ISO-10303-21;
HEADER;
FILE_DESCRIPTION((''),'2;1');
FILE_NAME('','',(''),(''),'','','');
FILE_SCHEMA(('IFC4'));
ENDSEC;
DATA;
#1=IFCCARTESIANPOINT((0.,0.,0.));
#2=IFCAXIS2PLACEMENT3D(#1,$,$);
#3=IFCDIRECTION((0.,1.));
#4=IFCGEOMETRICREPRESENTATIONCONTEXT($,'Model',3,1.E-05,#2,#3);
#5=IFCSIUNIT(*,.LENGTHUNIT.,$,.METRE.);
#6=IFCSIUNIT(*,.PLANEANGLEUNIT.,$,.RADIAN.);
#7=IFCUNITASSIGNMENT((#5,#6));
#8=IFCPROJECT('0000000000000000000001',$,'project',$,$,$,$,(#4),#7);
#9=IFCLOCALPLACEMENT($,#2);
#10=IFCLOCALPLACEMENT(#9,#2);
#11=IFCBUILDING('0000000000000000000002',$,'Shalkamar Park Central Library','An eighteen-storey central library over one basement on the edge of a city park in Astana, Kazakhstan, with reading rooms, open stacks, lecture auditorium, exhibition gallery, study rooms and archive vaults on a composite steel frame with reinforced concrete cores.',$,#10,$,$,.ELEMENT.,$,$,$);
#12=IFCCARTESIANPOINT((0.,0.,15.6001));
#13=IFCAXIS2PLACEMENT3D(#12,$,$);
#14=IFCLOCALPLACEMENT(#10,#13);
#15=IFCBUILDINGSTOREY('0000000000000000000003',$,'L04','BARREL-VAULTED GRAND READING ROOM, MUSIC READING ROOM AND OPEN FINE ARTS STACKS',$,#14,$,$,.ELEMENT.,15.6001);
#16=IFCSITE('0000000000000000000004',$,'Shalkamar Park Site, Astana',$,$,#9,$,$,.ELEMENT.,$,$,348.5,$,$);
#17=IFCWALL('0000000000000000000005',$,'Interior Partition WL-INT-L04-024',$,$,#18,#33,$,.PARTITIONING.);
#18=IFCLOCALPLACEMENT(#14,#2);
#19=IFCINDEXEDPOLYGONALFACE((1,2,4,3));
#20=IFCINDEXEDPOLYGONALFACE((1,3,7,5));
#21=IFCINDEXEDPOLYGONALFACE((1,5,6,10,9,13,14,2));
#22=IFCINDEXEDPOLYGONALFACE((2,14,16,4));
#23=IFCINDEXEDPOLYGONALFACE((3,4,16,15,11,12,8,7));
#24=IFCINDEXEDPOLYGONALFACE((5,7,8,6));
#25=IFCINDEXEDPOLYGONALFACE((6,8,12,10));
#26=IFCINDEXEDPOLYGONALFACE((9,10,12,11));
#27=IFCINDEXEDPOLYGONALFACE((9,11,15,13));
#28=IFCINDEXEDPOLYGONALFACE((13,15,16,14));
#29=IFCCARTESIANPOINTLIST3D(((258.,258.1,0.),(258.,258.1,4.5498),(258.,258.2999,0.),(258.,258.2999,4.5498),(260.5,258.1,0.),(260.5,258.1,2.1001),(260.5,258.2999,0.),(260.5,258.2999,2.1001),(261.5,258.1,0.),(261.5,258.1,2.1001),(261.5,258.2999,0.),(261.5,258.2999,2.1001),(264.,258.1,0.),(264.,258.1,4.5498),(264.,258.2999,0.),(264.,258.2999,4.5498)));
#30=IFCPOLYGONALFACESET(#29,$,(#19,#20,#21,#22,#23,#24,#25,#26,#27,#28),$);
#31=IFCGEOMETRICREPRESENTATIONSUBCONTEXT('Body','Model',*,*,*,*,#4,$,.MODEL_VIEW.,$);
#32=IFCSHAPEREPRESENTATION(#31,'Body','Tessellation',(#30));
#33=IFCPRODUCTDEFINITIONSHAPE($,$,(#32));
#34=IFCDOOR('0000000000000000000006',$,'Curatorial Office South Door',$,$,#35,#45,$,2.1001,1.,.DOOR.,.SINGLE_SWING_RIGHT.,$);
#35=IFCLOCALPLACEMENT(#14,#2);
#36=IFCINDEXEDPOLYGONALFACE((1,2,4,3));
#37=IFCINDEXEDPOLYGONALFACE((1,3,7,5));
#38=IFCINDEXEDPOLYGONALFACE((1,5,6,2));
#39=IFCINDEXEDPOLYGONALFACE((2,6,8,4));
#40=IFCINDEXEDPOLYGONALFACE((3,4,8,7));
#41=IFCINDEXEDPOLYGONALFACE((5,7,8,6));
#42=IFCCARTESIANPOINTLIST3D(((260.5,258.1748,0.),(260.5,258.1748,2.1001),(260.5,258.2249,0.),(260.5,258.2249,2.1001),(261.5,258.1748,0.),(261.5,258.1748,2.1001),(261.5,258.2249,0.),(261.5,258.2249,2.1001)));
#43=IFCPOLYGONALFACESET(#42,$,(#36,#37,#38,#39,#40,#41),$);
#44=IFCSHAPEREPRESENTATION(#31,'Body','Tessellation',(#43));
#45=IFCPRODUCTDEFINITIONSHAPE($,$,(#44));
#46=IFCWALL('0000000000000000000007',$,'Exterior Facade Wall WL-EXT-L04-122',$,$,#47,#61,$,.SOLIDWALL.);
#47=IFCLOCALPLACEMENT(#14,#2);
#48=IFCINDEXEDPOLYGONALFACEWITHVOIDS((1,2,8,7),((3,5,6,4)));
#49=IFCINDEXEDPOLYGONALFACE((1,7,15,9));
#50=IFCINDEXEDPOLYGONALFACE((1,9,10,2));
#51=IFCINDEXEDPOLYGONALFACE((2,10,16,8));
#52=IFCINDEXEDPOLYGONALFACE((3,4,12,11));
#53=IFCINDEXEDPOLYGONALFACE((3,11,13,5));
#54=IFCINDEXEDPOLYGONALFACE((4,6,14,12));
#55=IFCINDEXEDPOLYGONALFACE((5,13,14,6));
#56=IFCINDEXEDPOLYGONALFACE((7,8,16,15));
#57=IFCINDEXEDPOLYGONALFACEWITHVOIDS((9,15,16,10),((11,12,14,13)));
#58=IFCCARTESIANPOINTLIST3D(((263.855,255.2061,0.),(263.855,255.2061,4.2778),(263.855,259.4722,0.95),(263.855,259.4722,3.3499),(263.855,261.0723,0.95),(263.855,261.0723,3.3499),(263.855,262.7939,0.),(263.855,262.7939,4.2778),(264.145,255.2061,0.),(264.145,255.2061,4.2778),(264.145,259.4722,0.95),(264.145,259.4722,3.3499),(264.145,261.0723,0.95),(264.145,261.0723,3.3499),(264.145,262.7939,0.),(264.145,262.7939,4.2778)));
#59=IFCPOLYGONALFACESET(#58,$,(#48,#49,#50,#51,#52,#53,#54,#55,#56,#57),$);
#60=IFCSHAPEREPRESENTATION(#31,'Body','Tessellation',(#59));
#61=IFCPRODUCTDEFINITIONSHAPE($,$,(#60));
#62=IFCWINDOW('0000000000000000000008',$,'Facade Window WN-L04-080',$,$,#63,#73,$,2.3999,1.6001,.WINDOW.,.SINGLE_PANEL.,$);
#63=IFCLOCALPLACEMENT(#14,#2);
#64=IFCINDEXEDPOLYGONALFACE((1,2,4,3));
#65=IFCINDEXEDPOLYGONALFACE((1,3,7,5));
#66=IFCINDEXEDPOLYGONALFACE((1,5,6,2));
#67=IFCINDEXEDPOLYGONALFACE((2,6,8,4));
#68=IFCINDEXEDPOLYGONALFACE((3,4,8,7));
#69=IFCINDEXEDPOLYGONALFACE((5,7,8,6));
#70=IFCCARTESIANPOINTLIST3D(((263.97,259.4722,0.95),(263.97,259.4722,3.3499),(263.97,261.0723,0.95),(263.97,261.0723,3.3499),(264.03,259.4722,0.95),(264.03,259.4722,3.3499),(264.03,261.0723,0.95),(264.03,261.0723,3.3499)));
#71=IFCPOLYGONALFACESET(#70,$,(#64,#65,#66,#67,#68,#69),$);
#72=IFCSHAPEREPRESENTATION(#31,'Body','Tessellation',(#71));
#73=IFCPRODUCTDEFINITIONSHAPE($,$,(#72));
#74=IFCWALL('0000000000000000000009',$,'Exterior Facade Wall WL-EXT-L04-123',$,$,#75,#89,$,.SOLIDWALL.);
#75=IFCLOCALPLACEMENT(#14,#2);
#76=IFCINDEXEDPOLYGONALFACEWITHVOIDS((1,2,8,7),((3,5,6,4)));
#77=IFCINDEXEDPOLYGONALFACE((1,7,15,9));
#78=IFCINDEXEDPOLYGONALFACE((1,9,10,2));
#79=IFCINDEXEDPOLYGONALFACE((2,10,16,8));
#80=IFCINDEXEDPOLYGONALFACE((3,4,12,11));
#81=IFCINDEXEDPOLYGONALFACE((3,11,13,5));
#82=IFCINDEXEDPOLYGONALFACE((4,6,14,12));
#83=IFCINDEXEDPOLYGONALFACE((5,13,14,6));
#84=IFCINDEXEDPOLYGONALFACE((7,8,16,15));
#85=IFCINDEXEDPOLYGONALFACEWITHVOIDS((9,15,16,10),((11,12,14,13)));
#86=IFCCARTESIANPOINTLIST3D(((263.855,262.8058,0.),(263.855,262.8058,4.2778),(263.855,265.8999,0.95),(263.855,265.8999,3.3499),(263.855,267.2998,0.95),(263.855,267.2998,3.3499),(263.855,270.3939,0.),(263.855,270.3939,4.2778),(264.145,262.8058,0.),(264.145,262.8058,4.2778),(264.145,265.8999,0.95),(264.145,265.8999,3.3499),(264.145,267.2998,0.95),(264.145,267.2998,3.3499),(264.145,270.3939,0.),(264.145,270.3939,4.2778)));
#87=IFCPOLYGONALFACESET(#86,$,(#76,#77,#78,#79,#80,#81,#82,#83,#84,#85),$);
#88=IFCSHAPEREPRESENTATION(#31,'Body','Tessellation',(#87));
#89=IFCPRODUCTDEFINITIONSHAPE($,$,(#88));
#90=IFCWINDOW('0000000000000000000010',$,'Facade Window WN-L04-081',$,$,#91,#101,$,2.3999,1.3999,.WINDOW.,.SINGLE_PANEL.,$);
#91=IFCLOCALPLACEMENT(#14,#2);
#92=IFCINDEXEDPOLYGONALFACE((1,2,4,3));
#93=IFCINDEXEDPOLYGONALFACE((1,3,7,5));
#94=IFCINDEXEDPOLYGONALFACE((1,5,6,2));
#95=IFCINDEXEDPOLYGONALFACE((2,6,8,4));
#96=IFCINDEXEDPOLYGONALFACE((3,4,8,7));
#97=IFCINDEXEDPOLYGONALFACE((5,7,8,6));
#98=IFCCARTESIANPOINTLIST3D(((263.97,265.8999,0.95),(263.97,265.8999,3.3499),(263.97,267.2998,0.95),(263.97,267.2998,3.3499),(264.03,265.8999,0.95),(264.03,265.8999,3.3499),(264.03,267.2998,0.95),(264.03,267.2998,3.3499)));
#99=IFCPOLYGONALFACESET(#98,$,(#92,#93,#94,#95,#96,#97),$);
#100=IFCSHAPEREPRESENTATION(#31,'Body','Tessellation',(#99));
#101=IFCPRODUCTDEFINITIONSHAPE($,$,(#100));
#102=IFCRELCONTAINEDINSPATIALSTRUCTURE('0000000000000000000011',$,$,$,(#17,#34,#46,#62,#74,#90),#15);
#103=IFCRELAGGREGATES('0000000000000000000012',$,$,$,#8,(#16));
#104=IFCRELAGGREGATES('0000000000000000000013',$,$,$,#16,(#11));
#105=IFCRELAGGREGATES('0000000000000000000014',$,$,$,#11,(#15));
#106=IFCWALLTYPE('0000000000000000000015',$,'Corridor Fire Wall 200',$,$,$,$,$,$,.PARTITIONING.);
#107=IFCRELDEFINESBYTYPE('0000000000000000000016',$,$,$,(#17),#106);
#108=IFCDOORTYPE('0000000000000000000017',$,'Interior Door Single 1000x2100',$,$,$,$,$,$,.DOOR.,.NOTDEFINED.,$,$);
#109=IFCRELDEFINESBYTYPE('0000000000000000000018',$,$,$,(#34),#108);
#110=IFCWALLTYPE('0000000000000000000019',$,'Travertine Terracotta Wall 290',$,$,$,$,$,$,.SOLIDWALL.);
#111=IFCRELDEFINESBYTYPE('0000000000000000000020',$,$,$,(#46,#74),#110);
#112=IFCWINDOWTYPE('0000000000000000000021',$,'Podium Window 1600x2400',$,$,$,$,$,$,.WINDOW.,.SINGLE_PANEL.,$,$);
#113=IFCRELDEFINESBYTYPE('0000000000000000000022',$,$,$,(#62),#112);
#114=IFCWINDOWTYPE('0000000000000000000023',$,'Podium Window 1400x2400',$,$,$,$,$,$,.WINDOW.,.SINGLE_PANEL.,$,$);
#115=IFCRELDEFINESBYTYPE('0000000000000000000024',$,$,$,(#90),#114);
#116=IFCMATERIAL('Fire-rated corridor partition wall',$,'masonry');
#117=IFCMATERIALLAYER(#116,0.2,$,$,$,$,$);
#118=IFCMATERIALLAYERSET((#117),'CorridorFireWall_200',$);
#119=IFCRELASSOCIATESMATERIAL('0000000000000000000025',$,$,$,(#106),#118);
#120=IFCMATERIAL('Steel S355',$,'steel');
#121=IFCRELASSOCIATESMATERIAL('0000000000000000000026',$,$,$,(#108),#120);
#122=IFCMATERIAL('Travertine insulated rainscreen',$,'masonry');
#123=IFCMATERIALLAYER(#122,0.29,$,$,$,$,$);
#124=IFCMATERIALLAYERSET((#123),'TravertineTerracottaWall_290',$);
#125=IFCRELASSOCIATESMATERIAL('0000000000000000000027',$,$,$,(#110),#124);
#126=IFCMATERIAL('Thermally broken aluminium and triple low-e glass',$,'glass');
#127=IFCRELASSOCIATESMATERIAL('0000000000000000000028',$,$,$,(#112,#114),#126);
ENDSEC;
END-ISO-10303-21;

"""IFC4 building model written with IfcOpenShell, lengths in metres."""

from ifc_helpers import new_model, si_unit, direction, frame, frame_2d, origin, place, context, subcontext, project, spatial, rectangle, extrude, material, layer, layer_set, type_object, element, fill, save


model = new_model("IFC4")

# Units and contexts
model_context = context("Model", 3, precision=1e-05, world=origin(), true_north=direction((0.0, 1.0)))
body_context = subcontext(model_context, "Body", "Model", "MODEL_VIEW")
ifc_project = project(units=[si_unit("LENGTHUNIT", "METRE"), si_unit("PLANEANGLEUNIT", "RADIAN")], contexts=[model_context])

# Site, building, storey
site_placement = place(None, origin())
site = spatial("IfcSite", under=ifc_project, at=site_placement, Name="Shalkamar Park Site, Astana", CompositionType="ELEMENT", RefElevation=348.5)
building_placement = place(site_placement, origin())
building = spatial("IfcBuilding", under=site, at=building_placement, Name="Shalkamar Park Central Library", Description="An eighteen-storey central library over one basement on the edge of a city park in Astana, Kazakhstan, with reading rooms, open stacks, lecture auditorium, exhibition gallery, study rooms and archive vaults on a composite steel frame with reinforced concrete cores.", CompositionType="ELEMENT")
storey_placement = place(building_placement, frame((0.0, 0.0, 15.6001)))
storey = spatial("IfcBuildingStorey", under=building, at=storey_placement, Name="L04", Description="BARREL-VAULTED GRAND READING ROOM, MUSIC READING ROOM AND OPEN FINE ARTS STACKS", CompositionType="ELEMENT", Elevation=15.6001)

# Shared definitions
ifc_material_1 = material(Name="Steel S355", Category="steel")

# Wall, opening, door
ifc_material_2 = material(Name="Fire-rated corridor partition wall", Category="masonry")
ifc_layer_1 = layer(ifc_material_2, 0.2)
ifc_layer_set_1 = layer_set([ifc_layer_1], Name="CorridorFireWall_200")
wall_type_1 = type_object("IfcWallType", Name="Corridor Fire Wall 200", PredefinedType="PARTITIONING", material=ifc_layer_set_1)
door_type = type_object("IfcDoorType", Name="Interior Door Single 1000x2100", OperationType="NOTDEFINED", PredefinedType="DOOR", material=ifc_material_1)
wall_1_placement = place(storey_placement, frame((258.0, 258.2, 0.0), z_axis=(0.0, 0.0, 1.0), x_axis=(1.0, 0.0, 0.0)))
wall_1 = element("IfcWall", 1, at=wall_1_placement, inside=storey, type_object=wall_type_1, Name="Interior Partition WL-INT-L04-024", PredefinedType="PARTITIONING", context=body_context, shape_type="SweptSolid", body=[
    extrude(rectangle(XDim=6.0, YDim=0.2, at=frame_2d((3.0, 0.0))), origin(), (0.0, 0.0, 1.0), 4.5498),
])
opening_1_placement = place(wall_1_placement, frame((2.5, 0.0, 0.0)))
opening_1 = element("IfcOpeningElement", 2, at=opening_1_placement, cuts=wall_1, PredefinedType="OPENING", context=body_context, shape_type="SweptSolid", body=[
    extrude(rectangle(XDim=1.0, YDim=2.1001, at=frame_2d((0.5, 1.05))), frame((0.0, 0.1147, 0.0), z_axis=(0.0, -1.0, 0.0), x_axis=(1.0, 0.0, 0.0)), (0.0, 0.0, 1.0), 0.2297),
])
door_1_placement = place(opening_1_placement, origin())
door_1 = element("IfcDoor", 3, at=door_1_placement, inside=storey, type_object=door_type, Name="Curatorial Office South Door", OperationType="SINGLE_SWING_RIGHT", OverallHeight=2.1001, OverallWidth=1.0, PredefinedType="DOOR", context=body_context, shape_type="SweptSolid", body=[
    extrude(rectangle(XDim=1.0, YDim=2.1001, at=frame_2d((0.5, 1.05))), frame((0.0, 0.0249, 0.0), z_axis=(0.0, -1.0, 0.0), x_axis=(1.0, 0.0, 0.0)), (0.0, 0.0, 1.0), 0.05),
])
fill(opening_1, door_1)

# Walls, openings, windows
ifc_material_3 = material(Name="Travertine insulated rainscreen", Category="masonry")
ifc_layer_2 = layer(ifc_material_3, 0.29)
ifc_layer_set_2 = layer_set([ifc_layer_2], Name="TravertineTerracottaWall_290")
wall_type_2 = type_object("IfcWallType", Name="Travertine Terracotta Wall 290", PredefinedType="SOLIDWALL", material=ifc_layer_set_2)
wall_2_placement = place(storey_placement, frame((264.0, 255.2061, 0.0), z_axis=(0.0, 0.0, 1.0), x_axis=(0.0, 1.0, 0.0)))
wall_2 = element("IfcWall", 4, at=wall_2_placement, inside=storey, type_object=wall_type_2, Name="Exterior Facade Wall WL-EXT-L04-122", PredefinedType="SOLIDWALL", context=body_context, shape_type="SweptSolid", body=[
    extrude(rectangle(XDim=7.5879, YDim=0.29, at=frame_2d((3.7939, 0.0))), origin(), (0.0, 0.0, 1.0), 4.2778),
])
opening_2_placement = place(wall_2_placement, frame((4.2661, 0.0, 0.95)))
opening_2 = element("IfcOpeningElement", 5, at=opening_2_placement, cuts=wall_2, PredefinedType="OPENING", context=body_context, shape_type="SweptSolid", body=[
    extrude(rectangle(XDim=1.6001, YDim=2.3999, at=frame_2d((0.8, 1.2))), frame((0.0, 0.1599, 0.0), z_axis=(0.0, -1.0, 0.0), x_axis=(1.0, 0.0, 0.0)), (0.0, 0.0, 1.0), 0.3198),
])
ifc_material_4 = material(Name="Thermally broken aluminium and triple low-e glass", Category="glass")
window_type_1 = type_object("IfcWindowType", Name="Podium Window 1600x2400", PartitioningType="SINGLE_PANEL", PredefinedType="WINDOW", material=ifc_material_4)
window_1_placement = place(opening_2_placement, origin())
window_1 = element("IfcWindow", 6, at=window_1_placement, inside=storey, type_object=window_type_1, Name="Facade Window WN-L04-080", OverallHeight=2.3999, OverallWidth=1.6001, PartitioningType="SINGLE_PANEL", PredefinedType="WINDOW", context=body_context, shape_type="SweptSolid", body=[
    extrude(rectangle(XDim=1.6001, YDim=2.3999, at=frame_2d((0.8, 1.2))), frame((0.0, 0.03, 0.0), z_axis=(0.0, -1.0, 0.0), x_axis=(1.0, 0.0, 0.0)), (0.0, 0.0, 1.0), 0.0601),
])
fill(opening_2, window_1)
wall_3_placement = place(storey_placement, frame((264.0, 262.8059, 0.0), z_axis=(0.0, 0.0, 1.0), x_axis=(0.0, 1.0, 0.0)))
wall_3 = element("IfcWall", 7, at=wall_3_placement, inside=storey, type_object=wall_type_2, Name="Exterior Facade Wall WL-EXT-L04-123", PredefinedType="SOLIDWALL", context=body_context, shape_type="SweptSolid", body=[
    extrude(rectangle(XDim=7.5881, YDim=0.29, at=frame_2d((3.7939, 0.0))), origin(), (0.0, 0.0, 1.0), 4.2778),
])
opening_3_placement = place(wall_3_placement, frame((3.094, 0.0, 0.95)))
opening_3 = element("IfcOpeningElement", 8, at=opening_3_placement, cuts=wall_3, PredefinedType="OPENING", context=body_context, shape_type="SweptSolid", body=[
    extrude(rectangle(XDim=1.3999, YDim=2.3999, at=frame_2d((0.7, 1.2))), frame((0.0, 0.1599, 0.0), z_axis=(0.0, -1.0, 0.0), x_axis=(1.0, 0.0, 0.0)), (0.0, 0.0, 1.0), 0.3198),
])
window_type_2 = type_object("IfcWindowType", Name="Podium Window 1400x2400", PartitioningType="SINGLE_PANEL", PredefinedType="WINDOW", material=ifc_material_4)
window_2_placement = place(opening_3_placement, origin())
window_2 = element("IfcWindow", 9, at=window_2_placement, inside=storey, type_object=window_type_2, Name="Facade Window WN-L04-081", OverallHeight=2.3999, OverallWidth=1.3999, PartitioningType="SINGLE_PANEL", PredefinedType="WINDOW", context=body_context, shape_type="SweptSolid", body=[
    extrude(rectangle(XDim=1.3999, YDim=2.3999, at=frame_2d((0.7, 1.2))), frame((0.0, 0.03, 0.0), z_axis=(0.0, -1.0, 0.0), x_axis=(1.0, 0.0, 0.0)), (0.0, 0.0, 1.0), 0.0601),
])
fill(opening_3, window_2)

save(model, "model.ifc")
